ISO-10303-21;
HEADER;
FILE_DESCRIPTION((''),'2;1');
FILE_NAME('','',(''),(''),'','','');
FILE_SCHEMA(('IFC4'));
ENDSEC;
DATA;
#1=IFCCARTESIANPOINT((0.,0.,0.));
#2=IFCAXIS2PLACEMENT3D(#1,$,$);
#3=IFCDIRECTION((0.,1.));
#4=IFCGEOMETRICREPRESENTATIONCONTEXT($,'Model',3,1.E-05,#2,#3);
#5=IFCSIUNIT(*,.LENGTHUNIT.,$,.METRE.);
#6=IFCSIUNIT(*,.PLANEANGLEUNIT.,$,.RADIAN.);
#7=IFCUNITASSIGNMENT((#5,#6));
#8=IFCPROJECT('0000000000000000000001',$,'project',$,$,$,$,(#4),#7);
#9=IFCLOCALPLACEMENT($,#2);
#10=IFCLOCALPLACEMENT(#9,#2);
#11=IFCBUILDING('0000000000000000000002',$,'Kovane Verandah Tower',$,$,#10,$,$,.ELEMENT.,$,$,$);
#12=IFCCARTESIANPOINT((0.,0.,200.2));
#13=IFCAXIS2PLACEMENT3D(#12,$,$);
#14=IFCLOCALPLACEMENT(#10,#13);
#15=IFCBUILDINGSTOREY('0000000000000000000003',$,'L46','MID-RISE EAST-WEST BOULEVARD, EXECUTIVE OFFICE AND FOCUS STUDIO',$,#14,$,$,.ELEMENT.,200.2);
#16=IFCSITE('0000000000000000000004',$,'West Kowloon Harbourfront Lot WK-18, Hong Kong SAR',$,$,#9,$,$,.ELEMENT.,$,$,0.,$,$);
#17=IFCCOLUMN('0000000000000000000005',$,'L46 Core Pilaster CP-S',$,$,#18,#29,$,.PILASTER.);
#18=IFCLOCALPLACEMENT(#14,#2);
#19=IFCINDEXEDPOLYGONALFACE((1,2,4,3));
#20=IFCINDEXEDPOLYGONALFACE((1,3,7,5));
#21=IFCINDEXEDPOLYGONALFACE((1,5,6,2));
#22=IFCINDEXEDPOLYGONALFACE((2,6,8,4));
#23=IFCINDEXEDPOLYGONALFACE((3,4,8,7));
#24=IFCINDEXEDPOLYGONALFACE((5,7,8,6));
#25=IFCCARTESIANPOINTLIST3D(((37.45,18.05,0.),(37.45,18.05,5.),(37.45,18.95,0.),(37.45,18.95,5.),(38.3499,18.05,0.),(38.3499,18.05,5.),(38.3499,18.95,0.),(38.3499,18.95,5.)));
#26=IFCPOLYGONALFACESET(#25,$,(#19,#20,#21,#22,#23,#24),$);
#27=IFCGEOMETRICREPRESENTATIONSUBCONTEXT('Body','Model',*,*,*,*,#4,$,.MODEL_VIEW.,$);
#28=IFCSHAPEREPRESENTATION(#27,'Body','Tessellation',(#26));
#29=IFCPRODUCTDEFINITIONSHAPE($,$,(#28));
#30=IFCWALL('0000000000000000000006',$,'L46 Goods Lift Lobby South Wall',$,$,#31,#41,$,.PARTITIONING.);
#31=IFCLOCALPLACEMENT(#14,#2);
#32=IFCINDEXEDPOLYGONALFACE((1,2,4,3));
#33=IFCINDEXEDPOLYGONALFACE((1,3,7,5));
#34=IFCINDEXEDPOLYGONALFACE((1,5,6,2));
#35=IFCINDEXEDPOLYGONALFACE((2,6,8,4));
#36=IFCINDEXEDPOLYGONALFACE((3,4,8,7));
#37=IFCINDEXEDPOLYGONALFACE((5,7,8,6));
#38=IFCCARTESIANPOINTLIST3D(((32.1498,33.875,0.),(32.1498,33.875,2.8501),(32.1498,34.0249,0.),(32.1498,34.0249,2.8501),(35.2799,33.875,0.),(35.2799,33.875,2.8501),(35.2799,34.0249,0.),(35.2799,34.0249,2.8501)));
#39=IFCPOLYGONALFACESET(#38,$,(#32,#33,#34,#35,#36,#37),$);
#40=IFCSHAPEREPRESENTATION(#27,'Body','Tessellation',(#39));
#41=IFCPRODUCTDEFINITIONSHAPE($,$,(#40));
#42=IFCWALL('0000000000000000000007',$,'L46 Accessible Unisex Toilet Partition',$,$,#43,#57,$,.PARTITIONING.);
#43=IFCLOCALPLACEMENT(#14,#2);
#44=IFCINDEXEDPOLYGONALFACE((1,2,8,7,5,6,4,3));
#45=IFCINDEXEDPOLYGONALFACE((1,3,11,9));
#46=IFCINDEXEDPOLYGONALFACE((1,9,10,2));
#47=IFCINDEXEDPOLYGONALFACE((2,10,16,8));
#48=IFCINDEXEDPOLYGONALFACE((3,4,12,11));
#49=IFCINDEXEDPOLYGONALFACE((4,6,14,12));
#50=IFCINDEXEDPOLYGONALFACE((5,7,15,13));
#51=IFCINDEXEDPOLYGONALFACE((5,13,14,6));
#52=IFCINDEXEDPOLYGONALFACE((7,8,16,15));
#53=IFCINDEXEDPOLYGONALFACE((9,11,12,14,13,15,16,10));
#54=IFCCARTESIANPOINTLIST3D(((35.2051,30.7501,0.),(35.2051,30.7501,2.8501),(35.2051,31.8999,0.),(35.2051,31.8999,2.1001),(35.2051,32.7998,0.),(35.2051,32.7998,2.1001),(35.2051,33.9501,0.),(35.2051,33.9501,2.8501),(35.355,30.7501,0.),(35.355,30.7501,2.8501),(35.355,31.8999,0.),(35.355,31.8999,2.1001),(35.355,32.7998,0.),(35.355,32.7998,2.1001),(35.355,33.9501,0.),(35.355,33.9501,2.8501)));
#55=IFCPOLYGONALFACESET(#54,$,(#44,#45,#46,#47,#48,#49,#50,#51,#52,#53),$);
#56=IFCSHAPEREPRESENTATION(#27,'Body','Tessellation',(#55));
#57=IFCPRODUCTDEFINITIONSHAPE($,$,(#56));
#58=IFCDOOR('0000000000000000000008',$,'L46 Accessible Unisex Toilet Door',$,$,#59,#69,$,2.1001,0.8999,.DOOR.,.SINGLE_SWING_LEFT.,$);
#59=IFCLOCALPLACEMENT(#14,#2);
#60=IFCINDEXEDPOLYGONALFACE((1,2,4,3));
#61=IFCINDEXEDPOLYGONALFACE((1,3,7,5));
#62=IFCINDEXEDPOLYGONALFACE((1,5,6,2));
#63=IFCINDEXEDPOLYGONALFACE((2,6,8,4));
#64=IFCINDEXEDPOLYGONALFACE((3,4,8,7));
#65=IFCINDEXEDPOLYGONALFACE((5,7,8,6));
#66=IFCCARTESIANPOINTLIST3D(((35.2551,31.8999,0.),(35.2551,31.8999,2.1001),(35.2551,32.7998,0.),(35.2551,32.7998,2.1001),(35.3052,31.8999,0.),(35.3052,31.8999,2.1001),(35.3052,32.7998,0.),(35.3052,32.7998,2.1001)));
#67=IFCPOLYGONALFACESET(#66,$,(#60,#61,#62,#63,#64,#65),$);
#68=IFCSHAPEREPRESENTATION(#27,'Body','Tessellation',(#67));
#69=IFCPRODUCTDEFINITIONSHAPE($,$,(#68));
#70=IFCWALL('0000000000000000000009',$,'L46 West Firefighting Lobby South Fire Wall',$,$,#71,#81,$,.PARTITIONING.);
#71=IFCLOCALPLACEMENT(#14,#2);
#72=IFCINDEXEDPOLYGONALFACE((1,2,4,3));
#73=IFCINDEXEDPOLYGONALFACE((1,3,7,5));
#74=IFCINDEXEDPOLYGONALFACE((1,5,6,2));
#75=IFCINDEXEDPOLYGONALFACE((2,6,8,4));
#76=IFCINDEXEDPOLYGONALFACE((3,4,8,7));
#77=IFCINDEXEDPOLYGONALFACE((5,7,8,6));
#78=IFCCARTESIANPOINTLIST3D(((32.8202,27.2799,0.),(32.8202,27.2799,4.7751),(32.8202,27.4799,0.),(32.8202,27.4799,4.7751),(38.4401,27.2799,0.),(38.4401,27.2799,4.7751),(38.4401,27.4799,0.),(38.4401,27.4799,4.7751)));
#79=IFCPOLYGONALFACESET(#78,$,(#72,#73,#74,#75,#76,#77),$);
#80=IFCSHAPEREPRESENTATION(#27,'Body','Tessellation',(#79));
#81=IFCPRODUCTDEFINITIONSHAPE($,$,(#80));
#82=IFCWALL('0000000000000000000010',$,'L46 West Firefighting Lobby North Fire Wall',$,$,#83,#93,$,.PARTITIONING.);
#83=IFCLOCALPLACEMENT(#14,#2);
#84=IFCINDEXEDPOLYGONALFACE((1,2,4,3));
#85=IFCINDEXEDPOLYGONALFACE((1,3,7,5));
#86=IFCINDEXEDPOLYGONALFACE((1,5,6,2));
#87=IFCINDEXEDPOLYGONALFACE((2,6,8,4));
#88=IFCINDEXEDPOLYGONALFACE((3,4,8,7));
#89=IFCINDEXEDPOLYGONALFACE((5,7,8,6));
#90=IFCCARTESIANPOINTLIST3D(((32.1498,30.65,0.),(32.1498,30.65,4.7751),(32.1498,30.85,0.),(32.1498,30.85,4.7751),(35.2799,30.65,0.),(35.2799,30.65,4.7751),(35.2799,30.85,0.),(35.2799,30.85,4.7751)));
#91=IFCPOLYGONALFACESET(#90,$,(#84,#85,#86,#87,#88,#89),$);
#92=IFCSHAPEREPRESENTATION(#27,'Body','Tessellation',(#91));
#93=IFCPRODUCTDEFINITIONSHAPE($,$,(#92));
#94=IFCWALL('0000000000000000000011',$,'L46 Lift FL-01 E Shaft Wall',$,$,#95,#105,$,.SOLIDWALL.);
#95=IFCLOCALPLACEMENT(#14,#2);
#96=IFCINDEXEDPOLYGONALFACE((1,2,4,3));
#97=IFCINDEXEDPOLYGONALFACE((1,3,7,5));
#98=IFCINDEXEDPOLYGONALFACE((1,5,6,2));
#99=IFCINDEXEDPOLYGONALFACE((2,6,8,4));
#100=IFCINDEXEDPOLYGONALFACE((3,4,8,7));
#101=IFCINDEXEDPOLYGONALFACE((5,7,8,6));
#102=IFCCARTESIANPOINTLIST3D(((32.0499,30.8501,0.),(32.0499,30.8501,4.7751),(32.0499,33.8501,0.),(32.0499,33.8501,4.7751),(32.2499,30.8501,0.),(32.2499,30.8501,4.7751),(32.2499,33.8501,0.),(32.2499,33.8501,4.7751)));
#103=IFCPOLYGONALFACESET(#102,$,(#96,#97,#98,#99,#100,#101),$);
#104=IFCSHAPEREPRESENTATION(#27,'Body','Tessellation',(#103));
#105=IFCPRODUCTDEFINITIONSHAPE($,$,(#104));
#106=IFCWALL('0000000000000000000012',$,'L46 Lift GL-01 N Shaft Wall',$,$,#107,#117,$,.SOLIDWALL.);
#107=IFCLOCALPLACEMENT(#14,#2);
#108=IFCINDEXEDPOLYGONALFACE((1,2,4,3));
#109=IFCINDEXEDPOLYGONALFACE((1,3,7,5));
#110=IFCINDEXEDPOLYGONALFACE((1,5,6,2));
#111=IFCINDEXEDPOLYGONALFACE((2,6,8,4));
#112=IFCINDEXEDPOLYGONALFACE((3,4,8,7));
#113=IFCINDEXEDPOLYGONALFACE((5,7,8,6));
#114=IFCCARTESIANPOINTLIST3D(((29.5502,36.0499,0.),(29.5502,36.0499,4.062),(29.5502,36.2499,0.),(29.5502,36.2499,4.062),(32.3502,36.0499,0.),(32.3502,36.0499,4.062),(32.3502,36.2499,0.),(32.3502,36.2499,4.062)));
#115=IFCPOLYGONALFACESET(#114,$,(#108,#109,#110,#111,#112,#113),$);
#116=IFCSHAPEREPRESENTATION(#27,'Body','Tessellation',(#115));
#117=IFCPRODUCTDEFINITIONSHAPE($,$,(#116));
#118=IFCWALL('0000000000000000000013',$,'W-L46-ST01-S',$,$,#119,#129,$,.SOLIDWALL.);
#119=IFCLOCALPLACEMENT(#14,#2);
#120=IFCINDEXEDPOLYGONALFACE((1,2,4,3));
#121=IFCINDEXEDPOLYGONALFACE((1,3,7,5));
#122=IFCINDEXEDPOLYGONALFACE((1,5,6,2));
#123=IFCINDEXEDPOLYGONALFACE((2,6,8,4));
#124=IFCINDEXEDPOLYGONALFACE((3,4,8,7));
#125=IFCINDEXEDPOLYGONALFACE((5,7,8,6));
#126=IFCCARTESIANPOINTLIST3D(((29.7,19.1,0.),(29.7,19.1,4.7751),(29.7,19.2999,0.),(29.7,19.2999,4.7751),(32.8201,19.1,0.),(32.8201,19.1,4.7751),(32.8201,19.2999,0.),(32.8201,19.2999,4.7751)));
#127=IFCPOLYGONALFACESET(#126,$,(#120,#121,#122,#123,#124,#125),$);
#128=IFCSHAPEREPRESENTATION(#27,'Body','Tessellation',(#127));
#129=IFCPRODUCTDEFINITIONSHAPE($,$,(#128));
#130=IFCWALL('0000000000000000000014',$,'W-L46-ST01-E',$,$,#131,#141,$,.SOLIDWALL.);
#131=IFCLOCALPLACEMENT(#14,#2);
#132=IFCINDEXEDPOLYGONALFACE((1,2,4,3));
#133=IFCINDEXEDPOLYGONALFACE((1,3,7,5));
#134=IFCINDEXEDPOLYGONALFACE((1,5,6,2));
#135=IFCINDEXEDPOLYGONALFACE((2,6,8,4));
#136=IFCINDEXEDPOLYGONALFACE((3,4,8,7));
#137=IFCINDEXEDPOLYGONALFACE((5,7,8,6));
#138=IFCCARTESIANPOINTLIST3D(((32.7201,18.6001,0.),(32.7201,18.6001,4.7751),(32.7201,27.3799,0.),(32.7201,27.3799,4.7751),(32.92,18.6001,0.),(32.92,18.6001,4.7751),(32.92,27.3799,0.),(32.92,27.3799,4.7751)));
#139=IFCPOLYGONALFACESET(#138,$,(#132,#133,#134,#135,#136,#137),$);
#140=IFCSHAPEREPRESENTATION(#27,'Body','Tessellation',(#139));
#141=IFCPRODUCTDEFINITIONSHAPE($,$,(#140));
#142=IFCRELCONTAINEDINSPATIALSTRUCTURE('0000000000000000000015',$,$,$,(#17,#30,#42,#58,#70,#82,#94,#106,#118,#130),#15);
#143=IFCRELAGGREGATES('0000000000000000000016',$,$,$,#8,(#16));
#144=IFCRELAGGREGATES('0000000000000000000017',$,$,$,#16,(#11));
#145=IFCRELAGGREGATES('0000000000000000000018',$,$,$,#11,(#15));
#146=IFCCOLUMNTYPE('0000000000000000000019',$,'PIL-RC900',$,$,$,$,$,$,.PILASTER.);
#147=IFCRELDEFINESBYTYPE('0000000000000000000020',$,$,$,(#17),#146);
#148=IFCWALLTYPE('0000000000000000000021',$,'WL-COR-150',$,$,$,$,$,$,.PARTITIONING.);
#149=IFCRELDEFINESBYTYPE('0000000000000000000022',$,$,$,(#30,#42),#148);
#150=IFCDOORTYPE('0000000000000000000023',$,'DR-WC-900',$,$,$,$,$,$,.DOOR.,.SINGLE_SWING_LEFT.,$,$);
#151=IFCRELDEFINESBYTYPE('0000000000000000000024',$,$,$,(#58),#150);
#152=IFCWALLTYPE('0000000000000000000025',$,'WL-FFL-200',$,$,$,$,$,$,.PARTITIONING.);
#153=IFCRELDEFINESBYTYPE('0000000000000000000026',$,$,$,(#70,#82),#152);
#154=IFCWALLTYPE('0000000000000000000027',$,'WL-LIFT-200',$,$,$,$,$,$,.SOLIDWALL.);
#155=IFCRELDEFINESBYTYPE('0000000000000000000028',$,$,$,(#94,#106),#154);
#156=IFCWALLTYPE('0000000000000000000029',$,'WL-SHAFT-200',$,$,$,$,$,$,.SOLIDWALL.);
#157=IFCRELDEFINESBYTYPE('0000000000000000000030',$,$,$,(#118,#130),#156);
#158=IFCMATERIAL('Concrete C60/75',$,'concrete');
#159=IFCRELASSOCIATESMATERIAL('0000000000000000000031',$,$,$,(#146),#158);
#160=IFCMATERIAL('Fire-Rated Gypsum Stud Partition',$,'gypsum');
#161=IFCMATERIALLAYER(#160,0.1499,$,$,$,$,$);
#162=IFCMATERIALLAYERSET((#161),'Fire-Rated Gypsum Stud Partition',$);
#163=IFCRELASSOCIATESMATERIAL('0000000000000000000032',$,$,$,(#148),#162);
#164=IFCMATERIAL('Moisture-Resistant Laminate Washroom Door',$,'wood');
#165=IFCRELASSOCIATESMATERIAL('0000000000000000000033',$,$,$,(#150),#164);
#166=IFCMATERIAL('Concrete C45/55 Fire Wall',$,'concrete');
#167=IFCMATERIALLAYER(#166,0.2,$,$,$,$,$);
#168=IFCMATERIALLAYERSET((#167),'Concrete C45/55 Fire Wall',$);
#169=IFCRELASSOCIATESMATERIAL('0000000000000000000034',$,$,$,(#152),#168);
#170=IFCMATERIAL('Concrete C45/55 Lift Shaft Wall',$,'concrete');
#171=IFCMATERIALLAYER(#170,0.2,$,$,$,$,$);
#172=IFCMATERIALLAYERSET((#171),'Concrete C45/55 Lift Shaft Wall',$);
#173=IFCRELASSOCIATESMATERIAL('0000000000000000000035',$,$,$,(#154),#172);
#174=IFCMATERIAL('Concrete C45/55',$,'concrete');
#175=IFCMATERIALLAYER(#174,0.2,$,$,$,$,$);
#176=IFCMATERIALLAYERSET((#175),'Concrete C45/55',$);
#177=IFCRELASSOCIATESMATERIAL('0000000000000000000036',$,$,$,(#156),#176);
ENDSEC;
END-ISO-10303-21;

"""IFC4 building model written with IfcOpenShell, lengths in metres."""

from ifc_helpers import new_model, si_unit, direction, frame, frame_2d, origin, origin_2d, place, context, subcontext, project, spatial, rectangle, extrude, material, layer, layer_set, material_profile, profile_set, type_object, element, fill, save


model = new_model("IFC4")

# Units and contexts
model_context = context("Model", 3, precision=1e-05, world=origin(), true_north=direction((0.0, 1.0)))
body_context = subcontext(model_context, "Body", "Model", "MODEL_VIEW")
ifc_project = project(units=[si_unit("LENGTHUNIT", "METRE"), si_unit("PLANEANGLEUNIT", "RADIAN")], contexts=[model_context])

# Site, building, storey
site_placement = place(None, origin())
site = spatial("IfcSite", under=ifc_project, at=site_placement, Name="West Kowloon Harbourfront Lot WK-18, Hong Kong SAR", CompositionType="ELEMENT", RefElevation=0.0)
building_placement = place(site_placement, origin())
building = spatial("IfcBuilding", under=site, at=building_placement, Name="Kovane Verandah Tower", CompositionType="ELEMENT")
storey_placement = place(building_placement, frame((0.0, 0.0, 200.2)))
storey = spatial("IfcBuildingStorey", under=building, at=storey_placement, Name="L46", Description="MID-RISE EAST-WEST BOULEVARD, EXECUTIVE OFFICE AND FOCUS STUDIO", CompositionType="ELEMENT", Elevation=200.2)

# Column
ifc_material_1 = material(Name="Concrete C60/75", Category="concrete")
ifc_material_profile = material_profile(ifc_material_1, rectangle(XDim=0.8999, YDim=0.8999, at=origin_2d()), Name="RC900x900")
ifc_profile_set = profile_set([ifc_material_profile], Name="Concrete C60/75")
column_type = type_object("IfcColumnType", Name="PIL-RC900", PredefinedType="PILASTER", material=ifc_profile_set)
column_placement = place(storey_placement, frame((37.8999, 18.5, 0.0), z_axis=(0.0, 0.0, 1.0), x_axis=(1.0, 0.0, 0.0)))
element("IfcColumn", 1, at=column_placement, inside=storey, type_object=column_type, Name="L46 Core Pilaster CP-S", PredefinedType="PILASTER", context=body_context, shape_type="SweptSolid", body=[
    extrude(rectangle(XDim=0.8999, YDim=0.8999, at=origin_2d()), origin(), (0.0, 0.0, 1.0), 5.0),
])

# Wall
ifc_material_2 = material(Name="Fire-Rated Gypsum Stud Partition", Category="gypsum")
ifc_layer_1 = layer(ifc_material_2, 0.1499)
ifc_layer_set_1 = layer_set([ifc_layer_1], Name="Fire-Rated Gypsum Stud Partition")
wall_type_1 = type_object("IfcWallType", Name="WL-COR-150", PredefinedType="PARTITIONING", material=ifc_layer_set_1)
wall_1_placement = place(storey_placement, frame((32.1499, 33.95, 0.0), z_axis=(0.0, 0.0, 1.0), x_axis=(1.0, 0.0, 0.0)))
element("IfcWall", 2, at=wall_1_placement, inside=storey, type_object=wall_type_1, Name="L46 Goods Lift Lobby South Wall", PredefinedType="PARTITIONING", context=body_context, shape_type="SweptSolid", body=[
    extrude(rectangle(XDim=3.1301, YDim=0.1499, at=frame_2d((1.5649, 0.0))), origin(), (0.0, 0.0, 1.0), 2.8501),
])

# Wall, opening, door
wall_2_placement = place(storey_placement, frame((35.28, 30.75, 0.0), z_axis=(0.0, 0.0, 1.0), x_axis=(0.0, 1.0, 0.0)))
wall_2 = element("IfcWall", 3, at=wall_2_placement, inside=storey, type_object=wall_type_1, Name="L46 Accessible Unisex Toilet Partition", PredefinedType="PARTITIONING", context=body_context, shape_type="SweptSolid", body=[
    extrude(rectangle(XDim=3.2, YDim=0.1499, at=frame_2d((1.6001, 0.0))), origin(), (0.0, 0.0, 1.0), 2.8501),
])
opening_1_placement = place(wall_2_placement, frame((1.1499, 0.0, 0.0)))
opening_1 = element("IfcOpeningElement", 4, at=opening_1_placement, cuts=wall_2, PredefinedType="OPENING", context=body_context, shape_type="SweptSolid", body=[
    extrude(rectangle(XDim=0.8999, YDim=2.1001, at=frame_2d((0.45, 1.05))), frame((0.0, 0.075, 0.0), z_axis=(0.0, -1.0, 0.0), x_axis=(1.0, 0.0, 0.0)), (0.0, 0.0, 1.0), 0.1499),
])
ifc_material_3 = material(Name="Moisture-Resistant Laminate Washroom Door", Category="wood")
door_type_1 = type_object("IfcDoorType", Name="DR-WC-900", OperationType="SINGLE_SWING_LEFT", PredefinedType="DOOR", material=ifc_material_3)
door_1_placement = place(opening_1_placement, origin())
door_1 = element("IfcDoor", 5, at=door_1_placement, inside=storey, type_object=door_type_1, Name="L46 Accessible Unisex Toilet Door", OperationType="SINGLE_SWING_LEFT", OverallHeight=2.1001, OverallWidth=0.8999, PredefinedType="DOOR", context=body_context, shape_type="SweptSolid", body=[
    extrude(rectangle(XDim=0.8999, YDim=2.1001, at=frame_2d((0.45, 1.05))), frame((0.0, 0.0249, 0.0), z_axis=(0.0, -1.0, 0.0), x_axis=(1.0, 0.0, 0.0)), (0.0, 0.0, 1.0), 0.05),
])
fill(opening_1, door_1)
ifc_material_4 = material(Name="Concrete C45/55 Fire Wall", Category="concrete")
ifc_layer_2 = layer(ifc_material_4, 0.2)
ifc_layer_set_2 = layer_set([ifc_layer_2], Name="Concrete C45/55 Fire Wall")
wall_type_2 = type_object("IfcWallType", Name="WL-FFL-200", PredefinedType="PARTITIONING", material=ifc_layer_set_2)

# Walls
wall_3_placement = place(storey_placement, frame((32.8201, 27.3799, 0.0), z_axis=(0.0, 0.0, 1.0), x_axis=(1.0, 0.0, 0.0)))
element("IfcWall", 6, at=wall_3_placement, inside=storey, type_object=wall_type_2, Name="L46 West Firefighting Lobby South Fire Wall", PredefinedType="PARTITIONING", context=body_context, shape_type="SweptSolid", body=[
    extrude(rectangle(XDim=5.6199, YDim=0.2, at=frame_2d((2.8101, 0.0))), origin(), (0.0, 0.0, 1.0), 4.7751),
])
wall_4_placement = place(storey_placement, frame((32.1499, 30.75, 0.0), z_axis=(0.0, 0.0, 1.0), x_axis=(1.0, 0.0, 0.0)))
element("IfcWall", 7, at=wall_4_placement, inside=storey, type_object=wall_type_2, Name="L46 West Firefighting Lobby North Fire Wall", PredefinedType="PARTITIONING", context=body_context, shape_type="SweptSolid", body=[
    extrude(rectangle(XDim=3.1301, YDim=0.2, at=frame_2d((1.5649, 0.0))), origin(), (0.0, 0.0, 1.0), 4.7751),
])
ifc_material_5 = material(Name="Concrete C45/55 Lift Shaft Wall", Category="concrete")
ifc_layer_3 = layer(ifc_material_5, 0.2)
ifc_layer_set_3 = layer_set([ifc_layer_3], Name="Concrete C45/55 Lift Shaft Wall")
wall_type_3 = type_object("IfcWallType", Name="WL-LIFT-200", PredefinedType="SOLIDWALL", material=ifc_layer_set_3)
wall_5_placement = place(storey_placement, frame((32.1499, 30.8501, 0.0), z_axis=(0.0, 0.0, 1.0), x_axis=(0.0, 1.0, 0.0)))
element("IfcWall", 8, at=wall_5_placement, inside=storey, type_object=wall_type_3, Name="L46 Lift FL-01 E Shaft Wall", PredefinedType="SOLIDWALL", context=body_context, shape_type="SweptSolid", body=[
    extrude(rectangle(XDim=3.0, YDim=0.2, at=frame_2d((1.5, 0.0))), origin(), (0.0, 0.0, 1.0), 4.7751),
])
wall_6_placement = place(storey_placement, frame((32.3501, 36.1499, 0.0), z_axis=(0.0, 0.0, 1.0), x_axis=(-1.0, 0.0, 0.0)))
element("IfcWall", 9, at=wall_6_placement, inside=storey, type_object=wall_type_3, Name="L46 Lift GL-01 N Shaft Wall", PredefinedType="SOLIDWALL", context=body_context, shape_type="SweptSolid", body=[
    extrude(rectangle(XDim=2.8, YDim=0.2, at=frame_2d((1.3999, 0.0))), origin(), (0.0, 0.0, 1.0), 4.062),
])

# Walls
ifc_material_6 = material(Name="Concrete C45/55", Category="concrete")
ifc_layer_4 = layer(ifc_material_6, 0.2)
ifc_layer_set_4 = layer_set([ifc_layer_4], Name="Concrete C45/55")
wall_type_4 = type_object("IfcWallType", Name="WL-SHAFT-200", PredefinedType="SOLIDWALL", material=ifc_layer_set_4)
wall_7_placement = place(storey_placement, frame((29.7, 19.2, 0.0), z_axis=(0.0, 0.0, 1.0), x_axis=(1.0, 0.0, 0.0)))
element("IfcWall", 10, at=wall_7_placement, inside=storey, type_object=wall_type_4, Name="W-L46-ST01-S", PredefinedType="SOLIDWALL", context=body_context, shape_type="SweptSolid", body=[
    extrude(rectangle(XDim=3.1201, YDim=0.2, at=frame_2d((1.5601, 0.0))), origin(), (0.0, 0.0, 1.0), 4.7751),
])
wall_8_placement = place(storey_placement, frame((32.8201, 18.6001, 0.0), z_axis=(0.0, 0.0, 1.0), x_axis=(0.0, 1.0, 0.0)))
element("IfcWall", 11, at=wall_8_placement, inside=storey, type_object=wall_type_4, Name="W-L46-ST01-E", PredefinedType="SOLIDWALL", context=body_context, shape_type="SweptSolid", body=[
    extrude(rectangle(XDim=8.7798, YDim=0.2, at=frame_2d((4.3899, 0.0))), origin(), (0.0, 0.0, 1.0), 4.7751),
])

save(model, "model.ifc")
